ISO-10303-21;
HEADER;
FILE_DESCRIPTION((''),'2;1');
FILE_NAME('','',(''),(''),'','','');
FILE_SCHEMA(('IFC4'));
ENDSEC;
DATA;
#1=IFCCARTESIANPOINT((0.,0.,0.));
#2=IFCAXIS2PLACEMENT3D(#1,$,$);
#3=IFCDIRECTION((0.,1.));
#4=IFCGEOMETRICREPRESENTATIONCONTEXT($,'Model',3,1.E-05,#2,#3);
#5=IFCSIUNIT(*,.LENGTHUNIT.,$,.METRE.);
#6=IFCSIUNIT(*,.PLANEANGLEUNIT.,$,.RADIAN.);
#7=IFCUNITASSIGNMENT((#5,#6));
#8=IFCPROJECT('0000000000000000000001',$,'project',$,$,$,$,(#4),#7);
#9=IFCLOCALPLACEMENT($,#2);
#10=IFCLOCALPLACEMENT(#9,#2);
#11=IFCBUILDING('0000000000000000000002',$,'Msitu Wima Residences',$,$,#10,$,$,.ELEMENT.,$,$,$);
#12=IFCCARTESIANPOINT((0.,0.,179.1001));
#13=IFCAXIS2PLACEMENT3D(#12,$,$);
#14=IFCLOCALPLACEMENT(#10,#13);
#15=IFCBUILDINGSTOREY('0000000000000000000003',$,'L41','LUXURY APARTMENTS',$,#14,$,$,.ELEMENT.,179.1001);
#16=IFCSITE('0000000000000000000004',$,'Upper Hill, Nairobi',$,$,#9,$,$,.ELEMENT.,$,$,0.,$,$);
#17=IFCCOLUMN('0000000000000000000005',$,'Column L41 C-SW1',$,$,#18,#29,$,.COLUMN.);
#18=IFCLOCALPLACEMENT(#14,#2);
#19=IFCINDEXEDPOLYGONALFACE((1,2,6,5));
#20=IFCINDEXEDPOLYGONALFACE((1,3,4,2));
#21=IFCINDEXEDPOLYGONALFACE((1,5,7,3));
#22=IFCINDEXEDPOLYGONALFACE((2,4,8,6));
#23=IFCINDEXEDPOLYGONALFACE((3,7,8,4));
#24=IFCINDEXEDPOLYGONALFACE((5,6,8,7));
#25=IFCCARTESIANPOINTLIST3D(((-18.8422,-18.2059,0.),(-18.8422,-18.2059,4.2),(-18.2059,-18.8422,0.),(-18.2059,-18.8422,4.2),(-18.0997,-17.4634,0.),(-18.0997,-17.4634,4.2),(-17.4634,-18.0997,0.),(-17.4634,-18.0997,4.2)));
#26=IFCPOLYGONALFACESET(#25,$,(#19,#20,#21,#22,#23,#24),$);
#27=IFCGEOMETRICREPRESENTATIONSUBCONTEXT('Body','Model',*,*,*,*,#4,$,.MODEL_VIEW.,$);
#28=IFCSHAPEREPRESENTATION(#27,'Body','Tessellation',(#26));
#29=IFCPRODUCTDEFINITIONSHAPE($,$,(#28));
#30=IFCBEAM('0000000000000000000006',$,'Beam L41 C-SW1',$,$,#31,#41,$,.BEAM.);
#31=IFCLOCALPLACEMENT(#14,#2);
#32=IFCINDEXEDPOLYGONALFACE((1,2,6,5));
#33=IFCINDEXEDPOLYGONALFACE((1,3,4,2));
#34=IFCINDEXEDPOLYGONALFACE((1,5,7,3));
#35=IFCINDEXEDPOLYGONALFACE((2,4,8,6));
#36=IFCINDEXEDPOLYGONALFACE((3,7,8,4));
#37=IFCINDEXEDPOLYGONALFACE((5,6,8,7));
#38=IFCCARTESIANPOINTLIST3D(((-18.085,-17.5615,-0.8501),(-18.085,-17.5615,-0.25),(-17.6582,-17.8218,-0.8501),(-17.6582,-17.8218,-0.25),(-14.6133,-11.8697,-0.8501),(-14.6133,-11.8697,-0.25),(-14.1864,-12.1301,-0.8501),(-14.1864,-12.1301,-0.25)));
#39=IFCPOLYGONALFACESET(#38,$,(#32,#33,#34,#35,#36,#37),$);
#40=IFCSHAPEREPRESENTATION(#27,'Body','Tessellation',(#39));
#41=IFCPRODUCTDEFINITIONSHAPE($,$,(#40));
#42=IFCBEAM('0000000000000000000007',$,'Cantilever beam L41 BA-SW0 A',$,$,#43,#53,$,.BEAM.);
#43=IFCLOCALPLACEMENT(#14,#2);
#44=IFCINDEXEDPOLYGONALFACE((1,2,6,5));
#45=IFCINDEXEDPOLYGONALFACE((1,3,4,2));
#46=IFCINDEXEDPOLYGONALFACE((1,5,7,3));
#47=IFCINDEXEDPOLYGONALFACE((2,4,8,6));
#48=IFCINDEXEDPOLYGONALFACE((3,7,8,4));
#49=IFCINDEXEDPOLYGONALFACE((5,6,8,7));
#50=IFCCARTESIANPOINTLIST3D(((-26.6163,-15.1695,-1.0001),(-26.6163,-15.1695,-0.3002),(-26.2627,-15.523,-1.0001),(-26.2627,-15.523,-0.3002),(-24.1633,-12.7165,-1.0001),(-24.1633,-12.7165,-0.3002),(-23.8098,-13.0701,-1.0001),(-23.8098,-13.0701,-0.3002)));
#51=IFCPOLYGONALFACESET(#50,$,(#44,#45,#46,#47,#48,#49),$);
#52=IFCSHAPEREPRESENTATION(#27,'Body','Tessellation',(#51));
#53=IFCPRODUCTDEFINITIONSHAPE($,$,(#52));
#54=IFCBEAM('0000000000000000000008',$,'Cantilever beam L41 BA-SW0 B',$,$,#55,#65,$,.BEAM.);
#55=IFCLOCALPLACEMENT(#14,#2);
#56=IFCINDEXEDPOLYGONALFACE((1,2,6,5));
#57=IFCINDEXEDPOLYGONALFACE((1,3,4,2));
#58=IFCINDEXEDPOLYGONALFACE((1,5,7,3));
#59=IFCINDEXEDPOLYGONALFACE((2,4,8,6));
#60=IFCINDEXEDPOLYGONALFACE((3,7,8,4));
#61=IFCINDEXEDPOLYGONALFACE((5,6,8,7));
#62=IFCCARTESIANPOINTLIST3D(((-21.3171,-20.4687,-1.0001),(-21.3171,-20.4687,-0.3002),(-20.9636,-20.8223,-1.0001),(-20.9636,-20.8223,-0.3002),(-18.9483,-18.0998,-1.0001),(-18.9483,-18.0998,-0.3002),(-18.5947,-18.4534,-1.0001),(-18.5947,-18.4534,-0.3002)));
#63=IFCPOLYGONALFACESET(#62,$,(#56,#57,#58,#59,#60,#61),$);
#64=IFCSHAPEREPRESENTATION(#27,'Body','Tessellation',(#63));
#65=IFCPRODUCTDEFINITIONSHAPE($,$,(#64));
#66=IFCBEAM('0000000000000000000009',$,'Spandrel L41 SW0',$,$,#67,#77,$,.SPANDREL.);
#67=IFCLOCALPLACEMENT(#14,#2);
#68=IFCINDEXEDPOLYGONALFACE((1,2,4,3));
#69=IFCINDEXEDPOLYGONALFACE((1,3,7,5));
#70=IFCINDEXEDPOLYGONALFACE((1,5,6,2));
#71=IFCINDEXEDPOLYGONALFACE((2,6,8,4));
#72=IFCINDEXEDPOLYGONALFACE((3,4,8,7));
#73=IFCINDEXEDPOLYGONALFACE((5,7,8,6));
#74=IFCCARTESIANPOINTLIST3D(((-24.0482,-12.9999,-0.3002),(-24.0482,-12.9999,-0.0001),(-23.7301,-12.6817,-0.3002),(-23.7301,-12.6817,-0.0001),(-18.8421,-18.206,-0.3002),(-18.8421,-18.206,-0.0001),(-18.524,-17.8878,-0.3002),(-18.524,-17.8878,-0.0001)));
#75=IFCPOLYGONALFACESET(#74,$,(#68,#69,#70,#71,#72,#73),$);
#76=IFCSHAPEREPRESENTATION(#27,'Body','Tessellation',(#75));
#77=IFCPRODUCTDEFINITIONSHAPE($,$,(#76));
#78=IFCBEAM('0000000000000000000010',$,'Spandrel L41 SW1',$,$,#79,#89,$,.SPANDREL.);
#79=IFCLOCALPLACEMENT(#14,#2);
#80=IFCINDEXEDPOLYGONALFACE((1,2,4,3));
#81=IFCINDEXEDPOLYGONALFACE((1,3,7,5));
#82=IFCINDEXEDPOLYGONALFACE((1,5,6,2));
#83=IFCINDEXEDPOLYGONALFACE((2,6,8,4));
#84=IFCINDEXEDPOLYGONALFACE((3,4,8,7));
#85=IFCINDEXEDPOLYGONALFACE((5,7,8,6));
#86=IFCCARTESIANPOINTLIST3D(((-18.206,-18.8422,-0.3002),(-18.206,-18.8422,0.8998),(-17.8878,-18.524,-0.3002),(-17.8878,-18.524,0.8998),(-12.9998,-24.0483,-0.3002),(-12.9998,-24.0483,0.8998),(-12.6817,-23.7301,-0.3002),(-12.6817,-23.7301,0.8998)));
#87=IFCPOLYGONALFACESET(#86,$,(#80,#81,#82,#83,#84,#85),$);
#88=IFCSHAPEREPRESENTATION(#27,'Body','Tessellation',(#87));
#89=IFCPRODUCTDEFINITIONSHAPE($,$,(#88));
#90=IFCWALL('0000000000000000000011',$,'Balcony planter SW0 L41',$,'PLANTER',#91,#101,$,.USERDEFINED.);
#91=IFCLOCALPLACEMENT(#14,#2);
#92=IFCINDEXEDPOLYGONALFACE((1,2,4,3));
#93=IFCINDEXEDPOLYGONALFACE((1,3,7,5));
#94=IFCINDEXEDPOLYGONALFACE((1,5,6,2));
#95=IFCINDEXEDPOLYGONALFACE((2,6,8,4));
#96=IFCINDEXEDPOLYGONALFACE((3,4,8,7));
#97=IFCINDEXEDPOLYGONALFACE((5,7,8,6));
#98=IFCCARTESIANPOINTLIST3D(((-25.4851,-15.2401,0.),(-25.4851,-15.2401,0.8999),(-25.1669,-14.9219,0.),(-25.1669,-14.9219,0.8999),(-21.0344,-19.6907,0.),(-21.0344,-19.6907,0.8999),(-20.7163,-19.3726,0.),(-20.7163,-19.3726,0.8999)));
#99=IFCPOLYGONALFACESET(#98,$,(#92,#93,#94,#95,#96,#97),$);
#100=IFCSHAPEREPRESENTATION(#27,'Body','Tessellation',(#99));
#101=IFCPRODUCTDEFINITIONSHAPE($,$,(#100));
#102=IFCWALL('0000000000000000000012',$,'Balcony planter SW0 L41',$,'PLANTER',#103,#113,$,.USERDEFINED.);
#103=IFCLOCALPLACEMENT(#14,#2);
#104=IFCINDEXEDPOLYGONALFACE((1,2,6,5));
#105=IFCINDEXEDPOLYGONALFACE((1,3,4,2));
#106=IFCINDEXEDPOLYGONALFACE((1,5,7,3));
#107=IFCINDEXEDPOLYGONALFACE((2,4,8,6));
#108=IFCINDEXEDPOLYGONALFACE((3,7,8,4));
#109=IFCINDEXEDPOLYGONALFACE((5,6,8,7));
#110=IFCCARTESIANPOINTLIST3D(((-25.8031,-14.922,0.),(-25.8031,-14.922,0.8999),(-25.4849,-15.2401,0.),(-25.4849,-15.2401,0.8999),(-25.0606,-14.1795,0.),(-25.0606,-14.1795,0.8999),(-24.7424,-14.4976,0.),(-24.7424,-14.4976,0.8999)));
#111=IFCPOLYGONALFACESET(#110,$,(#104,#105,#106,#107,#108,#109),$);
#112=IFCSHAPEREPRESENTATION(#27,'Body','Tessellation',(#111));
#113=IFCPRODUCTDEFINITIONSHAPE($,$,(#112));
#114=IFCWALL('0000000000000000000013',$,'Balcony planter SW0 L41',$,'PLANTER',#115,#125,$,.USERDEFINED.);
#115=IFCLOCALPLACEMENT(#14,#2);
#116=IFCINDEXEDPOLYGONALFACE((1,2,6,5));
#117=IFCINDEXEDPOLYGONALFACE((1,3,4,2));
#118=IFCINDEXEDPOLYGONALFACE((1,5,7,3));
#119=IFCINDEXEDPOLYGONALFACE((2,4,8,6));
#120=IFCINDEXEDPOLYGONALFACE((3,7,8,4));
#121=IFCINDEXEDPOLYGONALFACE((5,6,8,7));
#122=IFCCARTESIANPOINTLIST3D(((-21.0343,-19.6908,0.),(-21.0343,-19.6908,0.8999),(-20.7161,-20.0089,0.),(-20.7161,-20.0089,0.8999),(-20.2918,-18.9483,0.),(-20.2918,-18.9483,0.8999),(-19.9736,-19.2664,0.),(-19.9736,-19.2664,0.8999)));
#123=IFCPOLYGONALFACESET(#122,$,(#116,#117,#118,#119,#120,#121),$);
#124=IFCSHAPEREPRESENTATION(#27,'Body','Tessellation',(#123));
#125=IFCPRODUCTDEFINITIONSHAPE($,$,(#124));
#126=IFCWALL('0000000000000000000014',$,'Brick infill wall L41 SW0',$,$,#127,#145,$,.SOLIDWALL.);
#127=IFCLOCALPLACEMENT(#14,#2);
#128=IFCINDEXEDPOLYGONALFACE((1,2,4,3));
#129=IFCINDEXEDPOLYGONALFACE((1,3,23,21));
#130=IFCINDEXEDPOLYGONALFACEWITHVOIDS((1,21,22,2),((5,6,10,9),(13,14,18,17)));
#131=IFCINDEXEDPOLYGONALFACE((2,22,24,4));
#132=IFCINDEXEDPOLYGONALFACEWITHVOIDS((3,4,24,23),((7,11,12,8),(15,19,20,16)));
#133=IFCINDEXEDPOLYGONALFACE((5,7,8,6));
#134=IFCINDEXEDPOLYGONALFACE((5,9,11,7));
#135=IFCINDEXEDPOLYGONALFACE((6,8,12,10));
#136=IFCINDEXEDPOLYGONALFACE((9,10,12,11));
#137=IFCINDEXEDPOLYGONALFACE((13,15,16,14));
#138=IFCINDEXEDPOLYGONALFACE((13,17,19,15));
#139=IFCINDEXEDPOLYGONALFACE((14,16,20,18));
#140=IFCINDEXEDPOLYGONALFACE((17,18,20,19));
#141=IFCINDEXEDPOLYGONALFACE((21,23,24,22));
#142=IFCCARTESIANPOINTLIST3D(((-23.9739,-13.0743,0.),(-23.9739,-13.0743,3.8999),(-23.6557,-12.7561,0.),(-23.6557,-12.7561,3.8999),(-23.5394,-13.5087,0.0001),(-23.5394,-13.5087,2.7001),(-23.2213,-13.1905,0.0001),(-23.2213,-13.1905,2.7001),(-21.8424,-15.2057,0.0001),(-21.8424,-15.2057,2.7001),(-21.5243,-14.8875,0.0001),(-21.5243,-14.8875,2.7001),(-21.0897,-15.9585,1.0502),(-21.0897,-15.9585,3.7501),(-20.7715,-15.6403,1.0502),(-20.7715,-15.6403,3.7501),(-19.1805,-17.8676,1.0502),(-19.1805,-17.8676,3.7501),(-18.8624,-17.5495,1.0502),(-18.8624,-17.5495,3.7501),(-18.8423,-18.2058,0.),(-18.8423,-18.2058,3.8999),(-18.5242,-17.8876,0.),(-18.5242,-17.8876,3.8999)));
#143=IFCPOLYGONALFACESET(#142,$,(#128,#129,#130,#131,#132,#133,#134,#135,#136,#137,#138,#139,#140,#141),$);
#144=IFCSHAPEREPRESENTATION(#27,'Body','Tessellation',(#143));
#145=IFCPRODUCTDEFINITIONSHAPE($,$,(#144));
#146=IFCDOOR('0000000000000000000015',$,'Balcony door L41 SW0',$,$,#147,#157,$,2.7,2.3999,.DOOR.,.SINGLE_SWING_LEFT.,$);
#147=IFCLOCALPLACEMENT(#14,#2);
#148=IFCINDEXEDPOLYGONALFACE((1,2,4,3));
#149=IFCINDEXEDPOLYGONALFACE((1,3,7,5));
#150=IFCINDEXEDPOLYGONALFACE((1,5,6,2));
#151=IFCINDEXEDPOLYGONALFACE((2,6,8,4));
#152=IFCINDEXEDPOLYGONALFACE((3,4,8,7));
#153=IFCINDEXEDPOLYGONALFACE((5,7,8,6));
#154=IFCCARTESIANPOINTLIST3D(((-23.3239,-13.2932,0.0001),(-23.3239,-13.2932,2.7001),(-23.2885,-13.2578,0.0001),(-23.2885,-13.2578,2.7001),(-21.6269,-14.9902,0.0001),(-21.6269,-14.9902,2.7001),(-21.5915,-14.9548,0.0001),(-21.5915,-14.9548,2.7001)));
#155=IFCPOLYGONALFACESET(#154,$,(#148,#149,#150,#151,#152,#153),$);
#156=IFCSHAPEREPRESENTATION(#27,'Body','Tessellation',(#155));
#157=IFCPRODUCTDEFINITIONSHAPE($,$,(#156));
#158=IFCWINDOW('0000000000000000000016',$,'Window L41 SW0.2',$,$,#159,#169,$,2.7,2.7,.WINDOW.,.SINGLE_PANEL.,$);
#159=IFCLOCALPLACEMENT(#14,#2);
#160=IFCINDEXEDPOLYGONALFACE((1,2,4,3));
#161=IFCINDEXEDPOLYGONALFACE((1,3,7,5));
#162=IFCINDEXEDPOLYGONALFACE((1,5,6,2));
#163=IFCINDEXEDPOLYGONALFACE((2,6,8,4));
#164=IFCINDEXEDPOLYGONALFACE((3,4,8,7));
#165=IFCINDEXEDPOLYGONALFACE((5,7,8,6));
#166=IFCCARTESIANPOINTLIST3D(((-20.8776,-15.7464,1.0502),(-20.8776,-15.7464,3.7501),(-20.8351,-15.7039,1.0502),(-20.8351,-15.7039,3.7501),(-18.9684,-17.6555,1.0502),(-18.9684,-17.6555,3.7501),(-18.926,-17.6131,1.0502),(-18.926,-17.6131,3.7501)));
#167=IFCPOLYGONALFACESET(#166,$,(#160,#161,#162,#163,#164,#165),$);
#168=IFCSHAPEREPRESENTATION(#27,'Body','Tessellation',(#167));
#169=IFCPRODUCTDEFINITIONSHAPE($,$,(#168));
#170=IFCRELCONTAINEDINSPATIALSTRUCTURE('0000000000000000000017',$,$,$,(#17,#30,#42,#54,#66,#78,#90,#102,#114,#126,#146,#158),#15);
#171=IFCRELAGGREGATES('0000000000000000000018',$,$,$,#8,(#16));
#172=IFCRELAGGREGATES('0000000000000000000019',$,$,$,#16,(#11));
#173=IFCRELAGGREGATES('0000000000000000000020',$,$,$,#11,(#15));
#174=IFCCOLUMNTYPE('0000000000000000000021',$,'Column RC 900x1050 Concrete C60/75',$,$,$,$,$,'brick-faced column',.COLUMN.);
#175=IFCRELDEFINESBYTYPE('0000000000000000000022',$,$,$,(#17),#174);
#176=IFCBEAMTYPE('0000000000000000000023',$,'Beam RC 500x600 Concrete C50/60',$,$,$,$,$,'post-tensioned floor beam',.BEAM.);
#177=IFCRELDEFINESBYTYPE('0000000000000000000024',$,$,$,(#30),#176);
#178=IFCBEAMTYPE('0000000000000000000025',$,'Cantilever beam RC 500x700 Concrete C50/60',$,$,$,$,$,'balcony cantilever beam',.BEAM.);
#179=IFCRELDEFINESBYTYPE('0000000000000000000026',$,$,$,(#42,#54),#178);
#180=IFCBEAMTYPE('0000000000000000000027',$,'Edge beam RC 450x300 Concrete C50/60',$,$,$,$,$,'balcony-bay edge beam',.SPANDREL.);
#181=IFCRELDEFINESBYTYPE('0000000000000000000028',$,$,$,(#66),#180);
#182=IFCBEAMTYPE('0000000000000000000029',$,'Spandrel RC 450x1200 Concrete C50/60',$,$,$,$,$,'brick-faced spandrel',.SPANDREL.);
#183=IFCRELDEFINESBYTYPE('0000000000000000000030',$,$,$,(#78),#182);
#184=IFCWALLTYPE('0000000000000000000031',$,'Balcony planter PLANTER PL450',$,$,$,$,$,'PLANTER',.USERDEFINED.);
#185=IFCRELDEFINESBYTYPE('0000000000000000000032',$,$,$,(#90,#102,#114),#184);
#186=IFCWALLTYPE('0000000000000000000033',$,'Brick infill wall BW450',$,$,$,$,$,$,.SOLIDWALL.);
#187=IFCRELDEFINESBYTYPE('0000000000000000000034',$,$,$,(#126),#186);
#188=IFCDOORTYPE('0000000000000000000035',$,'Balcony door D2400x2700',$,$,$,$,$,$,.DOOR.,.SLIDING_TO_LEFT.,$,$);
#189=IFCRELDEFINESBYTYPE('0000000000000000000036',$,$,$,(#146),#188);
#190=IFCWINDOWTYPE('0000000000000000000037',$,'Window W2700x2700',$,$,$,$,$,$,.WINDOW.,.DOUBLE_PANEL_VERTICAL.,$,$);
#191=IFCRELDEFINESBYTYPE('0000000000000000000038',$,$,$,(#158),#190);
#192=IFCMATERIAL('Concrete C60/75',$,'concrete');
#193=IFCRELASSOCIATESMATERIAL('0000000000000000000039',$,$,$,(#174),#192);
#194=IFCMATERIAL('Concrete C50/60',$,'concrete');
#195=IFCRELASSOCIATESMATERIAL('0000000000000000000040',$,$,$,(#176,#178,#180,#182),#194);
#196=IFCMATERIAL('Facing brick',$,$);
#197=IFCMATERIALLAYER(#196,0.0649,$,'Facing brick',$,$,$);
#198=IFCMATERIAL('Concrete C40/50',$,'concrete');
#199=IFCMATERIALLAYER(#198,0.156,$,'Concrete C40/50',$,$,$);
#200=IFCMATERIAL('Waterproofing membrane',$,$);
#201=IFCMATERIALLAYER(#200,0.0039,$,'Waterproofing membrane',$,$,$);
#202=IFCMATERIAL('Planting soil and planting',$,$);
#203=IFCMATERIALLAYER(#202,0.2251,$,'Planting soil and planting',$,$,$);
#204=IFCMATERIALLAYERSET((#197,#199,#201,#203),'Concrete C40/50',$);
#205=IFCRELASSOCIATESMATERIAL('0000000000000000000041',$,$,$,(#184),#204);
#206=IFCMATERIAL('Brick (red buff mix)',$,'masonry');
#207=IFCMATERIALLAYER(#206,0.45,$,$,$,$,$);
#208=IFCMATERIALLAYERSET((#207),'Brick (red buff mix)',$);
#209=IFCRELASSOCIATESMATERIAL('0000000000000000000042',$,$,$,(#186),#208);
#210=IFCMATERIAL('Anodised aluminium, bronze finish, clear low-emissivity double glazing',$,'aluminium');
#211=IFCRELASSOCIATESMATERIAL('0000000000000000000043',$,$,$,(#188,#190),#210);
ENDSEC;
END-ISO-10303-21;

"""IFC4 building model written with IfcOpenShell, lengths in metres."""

from ifc_helpers import new_model, si_unit, direction, frame, frame_2d, origin, origin_2d, place, context, subcontext, project, spatial, rectangle, extrude, material, layer, layer_set, material_profile, profile_set, type_object, element, fill, save


model = new_model("IFC4")

# Units and contexts
model_context = context("Model", 3, precision=1e-05, world=origin(), true_north=direction((0.0, 1.0)))
body_context = subcontext(model_context, "Body", "Model", "MODEL_VIEW")
ifc_project = project(units=[si_unit("LENGTHUNIT", "METRE"), si_unit("PLANEANGLEUNIT", "RADIAN")], contexts=[model_context])

# Site, building, storey
site_placement = place(None, origin())
site = spatial("IfcSite", under=ifc_project, at=site_placement, Name="Upper Hill, Nairobi", CompositionType="ELEMENT", RefElevation=0.0)
building_placement = place(site_placement, origin())
building = spatial("IfcBuilding", under=site, at=building_placement, Name="Msitu Wima Residences", CompositionType="ELEMENT")
storey_placement = place(building_placement, frame((0.0, 0.0, 179.1001)))
storey = spatial("IfcBuildingStorey", under=building, at=storey_placement, Name="L41", Description="LUXURY APARTMENTS", CompositionType="ELEMENT", Elevation=179.1001)

# Column
ifc_material_1 = material(Name="Concrete C60/75", Category="concrete")
ifc_material_profile_1 = material_profile(ifc_material_1, rectangle(XDim=0.8999, YDim=1.05, at=origin_2d()), Name="RC 900x1050")
ifc_profile_set_1 = profile_set([ifc_material_profile_1], Name="Concrete C60/75")
column_type = type_object("IfcColumnType", Name="Column RC 900x1050 Concrete C60/75", ElementType="brick-faced column", PredefinedType="COLUMN", material=ifc_profile_set_1)
column_placement = place(storey_placement, frame((-18.1528, -18.1528, 0.0), z_axis=(0.0, 0.0, 1.0), x_axis=(0.707107, -0.707107, 0.0)))
element("IfcColumn", 1, at=column_placement, inside=storey, type_object=column_type, Name="Column L41 C-SW1", PredefinedType="COLUMN", context=body_context, shape_type="SweptSolid", body=[
    extrude(rectangle(XDim=0.8999, YDim=1.05, at=origin_2d()), origin(), (0.0, 0.0, 1.0), 4.2),
])

# Beams
ifc_material_2 = material(Name="Concrete C50/60", Category="concrete")
ifc_material_profile_2 = material_profile(ifc_material_2, rectangle(XDim=0.5, YDim=0.6001, at=origin_2d()), Name="RC 500x600")
ifc_profile_set_2 = profile_set([ifc_material_profile_2], Name="Concrete C50/60")
beam_type_1 = type_object("IfcBeamType", Name="Beam RC 500x600 Concrete C50/60", ElementType="post-tensioned floor beam", PredefinedType="BEAM", material=ifc_profile_set_2)
beam_1_placement = place(storey_placement, frame((-17.8716, -17.6917, -0.55), z_axis=(0.520734, 0.853719, 0.0), x_axis=(-0.853719, 0.520734, 0.0)))
element("IfcBeam", 2, at=beam_1_placement, inside=storey, type_object=beam_type_1, Name="Beam L41 C-SW1", PredefinedType="BEAM", context=body_context, shape_type="SweptSolid", body=[
    extrude(rectangle(XDim=0.5, YDim=0.6001, at=origin_2d()), origin(), (0.0, 0.0, 1.0), 6.667),
])
ifc_material_profile_3 = material_profile(ifc_material_2, rectangle(XDim=0.5, YDim=0.7, at=origin_2d()), Name="RC 500x700")
ifc_profile_set_3 = profile_set([ifc_material_profile_3], Name="Concrete C50/60")
beam_type_2 = type_object("IfcBeamType", Name="Cantilever beam RC 500x700 Concrete C50/60", ElementType="balcony cantilever beam", PredefinedType="BEAM", material=ifc_profile_set_3)
beam_2_placement = place(storey_placement, frame((-23.9866, -12.8933, -0.6501), z_axis=(-0.707107, -0.707107, 0.0), x_axis=(0.707107, -0.707107, 0.0)))
element("IfcBeam", 3, at=beam_2_placement, inside=storey, type_object=beam_type_2, Name="Cantilever beam L41 BA-SW0 A", PredefinedType="BEAM", context=body_context, shape_type="SweptSolid", body=[
    extrude(rectangle(XDim=0.5, YDim=0.7, at=origin_2d()), origin(), (0.0, 0.0, 1.0), 3.469),
])
beam_3_placement = place(storey_placement, frame((-18.7715, -18.2766, -0.6501), z_axis=(-0.707107, -0.707107, 0.0), x_axis=(0.707107, -0.707107, 0.0)))
element("IfcBeam", 4, at=beam_3_placement, inside=storey, type_object=beam_type_2, Name="Cantilever beam L41 BA-SW0 B", PredefinedType="BEAM", context=body_context, shape_type="SweptSolid", body=[
    extrude(rectangle(XDim=0.5, YDim=0.7, at=origin_2d()), origin(), (0.0, 0.0, 1.0), 3.3501),
])
ifc_material_profile_4 = material_profile(ifc_material_2, rectangle(XDim=0.45, YDim=0.3, at=origin_2d()), Name="RC 450x300")
ifc_profile_set_4 = profile_set([ifc_material_profile_4], Name="Concrete C50/60")
beam_type_3 = type_object("IfcBeamType", Name="Edge beam RC 450x300 Concrete C50/60", ElementType="balcony-bay edge beam", PredefinedType="SPANDREL", material=ifc_profile_set_4)
beam_4_placement = place(storey_placement, frame((-23.8892, -12.8408, -0.1501), z_axis=(0.707107, -0.707107, 0.0), x_axis=(0.707107, 0.707107, 0.0)))
element("IfcBeam", 5, at=beam_4_placement, inside=storey, type_object=beam_type_3, Name="Spandrel L41 SW0", PredefinedType="SPANDREL", context=body_context, shape_type="SweptSolid", body=[
    extrude(rectangle(XDim=0.45, YDim=0.3, at=origin_2d()), origin(), (0.0, 0.0, 1.0), 7.3625),
])
ifc_material_profile_5 = material_profile(ifc_material_2, rectangle(XDim=0.45, YDim=1.2, at=origin_2d()), Name="RC 450x1200")
ifc_profile_set_5 = profile_set([ifc_material_profile_5], Name="Concrete C50/60")
beam_type_4 = type_object("IfcBeamType", Name="Spandrel RC 450x1200 Concrete C50/60", ElementType="brick-faced spandrel", PredefinedType="SPANDREL", material=ifc_profile_set_5)
beam_5_placement = place(storey_placement, frame((-18.0469, -18.6831, 0.2998), z_axis=(0.707107, -0.707107, 0.0), x_axis=(0.707107, 0.707107, 0.0)))
element("IfcBeam", 6, at=beam_5_placement, inside=storey, type_object=beam_type_4, Name="Spandrel L41 SW1", PredefinedType="SPANDREL", context=body_context, shape_type="SweptSolid", body=[
    extrude(rectangle(XDim=0.45, YDim=1.2, at=origin_2d()), origin(), (0.0, 0.0, 1.0), 7.3625),
])

# Walls
ifc_material_3 = material(Name="Facing brick")
ifc_layer_1 = layer(ifc_material_3, 0.0649, Name="Facing brick")
ifc_material_4 = material(Name="Concrete C40/50", Category="concrete")
ifc_layer_2 = layer(ifc_material_4, 0.156, Name="Concrete C40/50")
ifc_material_5 = material(Name="Waterproofing membrane")
ifc_layer_3 = layer(ifc_material_5, 0.0039, Name="Waterproofing membrane")
ifc_material_6 = material(Name="Planting soil and planting")
ifc_layer_4 = layer(ifc_material_6, 0.2251, Name="Planting soil and planting")
ifc_layer_set_1 = layer_set([ifc_layer_1, ifc_layer_2, ifc_layer_3, ifc_layer_4], Name="Concrete C40/50")
wall_type_1 = type_object("IfcWallType", Name="Balcony planter PLANTER PL450", ElementType="PLANTER", PredefinedType="USERDEFINED", material=ifc_layer_set_1)
wall_1_placement = place(storey_placement, frame((-25.3259, -15.0811, 0.0), z_axis=(0.0, 0.0, 1.0), x_axis=(0.707107, -0.707107, 0.0)))
element("IfcWall", 7, at=wall_1_placement, inside=storey, type_object=wall_type_1, Name="Balcony planter SW0 L41", ObjectType="PLANTER", PredefinedType="USERDEFINED", context=body_context, shape_type="SweptSolid", body=[
    extrude(rectangle(XDim=6.2942, YDim=0.45, at=frame_2d((3.147, 0.0))), origin(), (0.0, 0.0, 1.0), 0.8999),
])
for number, where, z_axis, x_axis, name in (
    (8, (-24.9016, -14.3386, 0.0), (0.0, 0.0, 1.0), (-0.707107, -0.707107, 0.0), "Balcony planter SW0 L41"),
    (9, (-20.1328, -19.1074, 0.0), (0.0, 0.0, 1.0), (-0.707107, -0.707107, 0.0), "Balcony planter SW0 L41"),
):
    element("IfcWall", number, at=place(storey_placement, frame(where, z_axis=z_axis, x_axis=x_axis)), inside=storey, type_object=wall_type_1, Name=name, ObjectType="PLANTER", PredefinedType="USERDEFINED", context=body_context, shape_type="SweptSolid", body=[
        extrude(rectangle(XDim=1.05, YDim=0.45, at=frame_2d((0.5249, 0.0))), origin(), (0.0, 0.0, 1.0), 0.8999),
    ])

# Wall, openings, door, window
ifc_material_7 = material(Name="Brick (red buff mix)", Category="masonry")
ifc_layer_5 = layer(ifc_material_7, 0.45)
ifc_layer_set_2 = layer_set([ifc_layer_5], Name="Brick (red buff mix)")
wall_type_2 = type_object("IfcWallType", Name="Brick infill wall BW450", PredefinedType="SOLIDWALL", material=ifc_layer_set_2)
wall_2_placement = place(storey_placement, frame((-23.8147, -12.9153, 0.0), z_axis=(0.0, 0.0, 1.0), x_axis=(0.707107, -0.707107, 0.0)))
wall_2 = element("IfcWall", 10, at=wall_2_placement, inside=storey, type_object=wall_type_2, Name="Brick infill wall L41 SW0", PredefinedType="SOLIDWALL", context=body_context, shape_type="SweptSolid", body=[
    extrude(rectangle(XDim=7.2571, YDim=0.45, at=frame_2d((3.6284, 0.0))), origin(), (0.0, 0.0, 1.0), 3.8999),
])
opening_1_placement = place(wall_2_placement, frame((0.6143, 0.0, 0.0)))
opening_1 = element("IfcOpeningElement", 11, at=opening_1_placement, cuts=wall_2, PredefinedType="OPENING", context=body_context, shape_type="SweptSolid", body=[
    extrude(rectangle(XDim=2.3999, YDim=2.7, at=frame_2d((1.2, 1.3501))), frame((0.0, 0.2349, 0.0), z_axis=(0.0, -1.0, 0.0), x_axis=(1.0, 0.0, 0.0)), (0.0, 0.0, 1.0), 0.47),
])
opening_2_placement = place(wall_2_placement, frame((4.0786, 0.0, 1.05)))
opening_2 = element("IfcOpeningElement", 12, at=opening_2_placement, cuts=wall_2, PredefinedType="OPENING", context=body_context, shape_type="SweptSolid", body=[
    extrude(rectangle(XDim=2.7, YDim=2.7, at=frame_2d((1.3501, 1.3501))), frame((0.0, 0.2349, 0.0), z_axis=(0.0, -1.0, 0.0), x_axis=(1.0, 0.0, 0.0)), (0.0, 0.0, 1.0), 0.47),
])
ifc_material_8 = material(Name="Anodised aluminium, bronze finish, clear low-emissivity double glazing", Category="aluminium")
door_type_1 = type_object("IfcDoorType", Name="Balcony door D2400x2700", OperationType="SLIDING_TO_LEFT", PredefinedType="DOOR", material=ifc_material_8)
door_1_placement = place(opening_1_placement, origin())
door_1 = element("IfcDoor", 13, at=door_1_placement, inside=storey, type_object=door_type_1, Name="Balcony door L41 SW0", OperationType="SINGLE_SWING_LEFT", OverallHeight=2.7, OverallWidth=2.3999, PredefinedType="DOOR", context=body_context, shape_type="SweptSolid", body=[
    extrude(rectangle(XDim=2.3999, YDim=2.7, at=frame_2d((1.2, 1.3501))), frame((0.0, 0.1299, 0.0), z_axis=(0.0, -1.0, 0.0), x_axis=(1.0, 0.0, 0.0)), (0.0, 0.0, 1.0), 0.05),
])
fill(opening_1, door_1)
window_type = type_object("IfcWindowType", Name="Window W2700x2700", PartitioningType="DOUBLE_PANEL_VERTICAL", PredefinedType="WINDOW", material=ifc_material_8)
window_1_placement = place(opening_2_placement, origin())
window_1 = element("IfcWindow", 14, at=window_1_placement, inside=storey, type_object=window_type, Name="Window L41 SW0.2", OverallHeight=2.7, OverallWidth=2.7, PartitioningType="SINGLE_PANEL", PredefinedType="WINDOW", context=body_context, shape_type="SweptSolid", body=[
    extrude(rectangle(XDim=2.7, YDim=2.7, at=frame_2d((1.3501, 1.3501))), frame((0.0, 0.135, 0.0), z_axis=(0.0, -1.0, 0.0), x_axis=(1.0, 0.0, 0.0)), (0.0, 0.0, 1.0), 0.0601),
])
fill(opening_2, window_1)

save(model, "model.ifc")
